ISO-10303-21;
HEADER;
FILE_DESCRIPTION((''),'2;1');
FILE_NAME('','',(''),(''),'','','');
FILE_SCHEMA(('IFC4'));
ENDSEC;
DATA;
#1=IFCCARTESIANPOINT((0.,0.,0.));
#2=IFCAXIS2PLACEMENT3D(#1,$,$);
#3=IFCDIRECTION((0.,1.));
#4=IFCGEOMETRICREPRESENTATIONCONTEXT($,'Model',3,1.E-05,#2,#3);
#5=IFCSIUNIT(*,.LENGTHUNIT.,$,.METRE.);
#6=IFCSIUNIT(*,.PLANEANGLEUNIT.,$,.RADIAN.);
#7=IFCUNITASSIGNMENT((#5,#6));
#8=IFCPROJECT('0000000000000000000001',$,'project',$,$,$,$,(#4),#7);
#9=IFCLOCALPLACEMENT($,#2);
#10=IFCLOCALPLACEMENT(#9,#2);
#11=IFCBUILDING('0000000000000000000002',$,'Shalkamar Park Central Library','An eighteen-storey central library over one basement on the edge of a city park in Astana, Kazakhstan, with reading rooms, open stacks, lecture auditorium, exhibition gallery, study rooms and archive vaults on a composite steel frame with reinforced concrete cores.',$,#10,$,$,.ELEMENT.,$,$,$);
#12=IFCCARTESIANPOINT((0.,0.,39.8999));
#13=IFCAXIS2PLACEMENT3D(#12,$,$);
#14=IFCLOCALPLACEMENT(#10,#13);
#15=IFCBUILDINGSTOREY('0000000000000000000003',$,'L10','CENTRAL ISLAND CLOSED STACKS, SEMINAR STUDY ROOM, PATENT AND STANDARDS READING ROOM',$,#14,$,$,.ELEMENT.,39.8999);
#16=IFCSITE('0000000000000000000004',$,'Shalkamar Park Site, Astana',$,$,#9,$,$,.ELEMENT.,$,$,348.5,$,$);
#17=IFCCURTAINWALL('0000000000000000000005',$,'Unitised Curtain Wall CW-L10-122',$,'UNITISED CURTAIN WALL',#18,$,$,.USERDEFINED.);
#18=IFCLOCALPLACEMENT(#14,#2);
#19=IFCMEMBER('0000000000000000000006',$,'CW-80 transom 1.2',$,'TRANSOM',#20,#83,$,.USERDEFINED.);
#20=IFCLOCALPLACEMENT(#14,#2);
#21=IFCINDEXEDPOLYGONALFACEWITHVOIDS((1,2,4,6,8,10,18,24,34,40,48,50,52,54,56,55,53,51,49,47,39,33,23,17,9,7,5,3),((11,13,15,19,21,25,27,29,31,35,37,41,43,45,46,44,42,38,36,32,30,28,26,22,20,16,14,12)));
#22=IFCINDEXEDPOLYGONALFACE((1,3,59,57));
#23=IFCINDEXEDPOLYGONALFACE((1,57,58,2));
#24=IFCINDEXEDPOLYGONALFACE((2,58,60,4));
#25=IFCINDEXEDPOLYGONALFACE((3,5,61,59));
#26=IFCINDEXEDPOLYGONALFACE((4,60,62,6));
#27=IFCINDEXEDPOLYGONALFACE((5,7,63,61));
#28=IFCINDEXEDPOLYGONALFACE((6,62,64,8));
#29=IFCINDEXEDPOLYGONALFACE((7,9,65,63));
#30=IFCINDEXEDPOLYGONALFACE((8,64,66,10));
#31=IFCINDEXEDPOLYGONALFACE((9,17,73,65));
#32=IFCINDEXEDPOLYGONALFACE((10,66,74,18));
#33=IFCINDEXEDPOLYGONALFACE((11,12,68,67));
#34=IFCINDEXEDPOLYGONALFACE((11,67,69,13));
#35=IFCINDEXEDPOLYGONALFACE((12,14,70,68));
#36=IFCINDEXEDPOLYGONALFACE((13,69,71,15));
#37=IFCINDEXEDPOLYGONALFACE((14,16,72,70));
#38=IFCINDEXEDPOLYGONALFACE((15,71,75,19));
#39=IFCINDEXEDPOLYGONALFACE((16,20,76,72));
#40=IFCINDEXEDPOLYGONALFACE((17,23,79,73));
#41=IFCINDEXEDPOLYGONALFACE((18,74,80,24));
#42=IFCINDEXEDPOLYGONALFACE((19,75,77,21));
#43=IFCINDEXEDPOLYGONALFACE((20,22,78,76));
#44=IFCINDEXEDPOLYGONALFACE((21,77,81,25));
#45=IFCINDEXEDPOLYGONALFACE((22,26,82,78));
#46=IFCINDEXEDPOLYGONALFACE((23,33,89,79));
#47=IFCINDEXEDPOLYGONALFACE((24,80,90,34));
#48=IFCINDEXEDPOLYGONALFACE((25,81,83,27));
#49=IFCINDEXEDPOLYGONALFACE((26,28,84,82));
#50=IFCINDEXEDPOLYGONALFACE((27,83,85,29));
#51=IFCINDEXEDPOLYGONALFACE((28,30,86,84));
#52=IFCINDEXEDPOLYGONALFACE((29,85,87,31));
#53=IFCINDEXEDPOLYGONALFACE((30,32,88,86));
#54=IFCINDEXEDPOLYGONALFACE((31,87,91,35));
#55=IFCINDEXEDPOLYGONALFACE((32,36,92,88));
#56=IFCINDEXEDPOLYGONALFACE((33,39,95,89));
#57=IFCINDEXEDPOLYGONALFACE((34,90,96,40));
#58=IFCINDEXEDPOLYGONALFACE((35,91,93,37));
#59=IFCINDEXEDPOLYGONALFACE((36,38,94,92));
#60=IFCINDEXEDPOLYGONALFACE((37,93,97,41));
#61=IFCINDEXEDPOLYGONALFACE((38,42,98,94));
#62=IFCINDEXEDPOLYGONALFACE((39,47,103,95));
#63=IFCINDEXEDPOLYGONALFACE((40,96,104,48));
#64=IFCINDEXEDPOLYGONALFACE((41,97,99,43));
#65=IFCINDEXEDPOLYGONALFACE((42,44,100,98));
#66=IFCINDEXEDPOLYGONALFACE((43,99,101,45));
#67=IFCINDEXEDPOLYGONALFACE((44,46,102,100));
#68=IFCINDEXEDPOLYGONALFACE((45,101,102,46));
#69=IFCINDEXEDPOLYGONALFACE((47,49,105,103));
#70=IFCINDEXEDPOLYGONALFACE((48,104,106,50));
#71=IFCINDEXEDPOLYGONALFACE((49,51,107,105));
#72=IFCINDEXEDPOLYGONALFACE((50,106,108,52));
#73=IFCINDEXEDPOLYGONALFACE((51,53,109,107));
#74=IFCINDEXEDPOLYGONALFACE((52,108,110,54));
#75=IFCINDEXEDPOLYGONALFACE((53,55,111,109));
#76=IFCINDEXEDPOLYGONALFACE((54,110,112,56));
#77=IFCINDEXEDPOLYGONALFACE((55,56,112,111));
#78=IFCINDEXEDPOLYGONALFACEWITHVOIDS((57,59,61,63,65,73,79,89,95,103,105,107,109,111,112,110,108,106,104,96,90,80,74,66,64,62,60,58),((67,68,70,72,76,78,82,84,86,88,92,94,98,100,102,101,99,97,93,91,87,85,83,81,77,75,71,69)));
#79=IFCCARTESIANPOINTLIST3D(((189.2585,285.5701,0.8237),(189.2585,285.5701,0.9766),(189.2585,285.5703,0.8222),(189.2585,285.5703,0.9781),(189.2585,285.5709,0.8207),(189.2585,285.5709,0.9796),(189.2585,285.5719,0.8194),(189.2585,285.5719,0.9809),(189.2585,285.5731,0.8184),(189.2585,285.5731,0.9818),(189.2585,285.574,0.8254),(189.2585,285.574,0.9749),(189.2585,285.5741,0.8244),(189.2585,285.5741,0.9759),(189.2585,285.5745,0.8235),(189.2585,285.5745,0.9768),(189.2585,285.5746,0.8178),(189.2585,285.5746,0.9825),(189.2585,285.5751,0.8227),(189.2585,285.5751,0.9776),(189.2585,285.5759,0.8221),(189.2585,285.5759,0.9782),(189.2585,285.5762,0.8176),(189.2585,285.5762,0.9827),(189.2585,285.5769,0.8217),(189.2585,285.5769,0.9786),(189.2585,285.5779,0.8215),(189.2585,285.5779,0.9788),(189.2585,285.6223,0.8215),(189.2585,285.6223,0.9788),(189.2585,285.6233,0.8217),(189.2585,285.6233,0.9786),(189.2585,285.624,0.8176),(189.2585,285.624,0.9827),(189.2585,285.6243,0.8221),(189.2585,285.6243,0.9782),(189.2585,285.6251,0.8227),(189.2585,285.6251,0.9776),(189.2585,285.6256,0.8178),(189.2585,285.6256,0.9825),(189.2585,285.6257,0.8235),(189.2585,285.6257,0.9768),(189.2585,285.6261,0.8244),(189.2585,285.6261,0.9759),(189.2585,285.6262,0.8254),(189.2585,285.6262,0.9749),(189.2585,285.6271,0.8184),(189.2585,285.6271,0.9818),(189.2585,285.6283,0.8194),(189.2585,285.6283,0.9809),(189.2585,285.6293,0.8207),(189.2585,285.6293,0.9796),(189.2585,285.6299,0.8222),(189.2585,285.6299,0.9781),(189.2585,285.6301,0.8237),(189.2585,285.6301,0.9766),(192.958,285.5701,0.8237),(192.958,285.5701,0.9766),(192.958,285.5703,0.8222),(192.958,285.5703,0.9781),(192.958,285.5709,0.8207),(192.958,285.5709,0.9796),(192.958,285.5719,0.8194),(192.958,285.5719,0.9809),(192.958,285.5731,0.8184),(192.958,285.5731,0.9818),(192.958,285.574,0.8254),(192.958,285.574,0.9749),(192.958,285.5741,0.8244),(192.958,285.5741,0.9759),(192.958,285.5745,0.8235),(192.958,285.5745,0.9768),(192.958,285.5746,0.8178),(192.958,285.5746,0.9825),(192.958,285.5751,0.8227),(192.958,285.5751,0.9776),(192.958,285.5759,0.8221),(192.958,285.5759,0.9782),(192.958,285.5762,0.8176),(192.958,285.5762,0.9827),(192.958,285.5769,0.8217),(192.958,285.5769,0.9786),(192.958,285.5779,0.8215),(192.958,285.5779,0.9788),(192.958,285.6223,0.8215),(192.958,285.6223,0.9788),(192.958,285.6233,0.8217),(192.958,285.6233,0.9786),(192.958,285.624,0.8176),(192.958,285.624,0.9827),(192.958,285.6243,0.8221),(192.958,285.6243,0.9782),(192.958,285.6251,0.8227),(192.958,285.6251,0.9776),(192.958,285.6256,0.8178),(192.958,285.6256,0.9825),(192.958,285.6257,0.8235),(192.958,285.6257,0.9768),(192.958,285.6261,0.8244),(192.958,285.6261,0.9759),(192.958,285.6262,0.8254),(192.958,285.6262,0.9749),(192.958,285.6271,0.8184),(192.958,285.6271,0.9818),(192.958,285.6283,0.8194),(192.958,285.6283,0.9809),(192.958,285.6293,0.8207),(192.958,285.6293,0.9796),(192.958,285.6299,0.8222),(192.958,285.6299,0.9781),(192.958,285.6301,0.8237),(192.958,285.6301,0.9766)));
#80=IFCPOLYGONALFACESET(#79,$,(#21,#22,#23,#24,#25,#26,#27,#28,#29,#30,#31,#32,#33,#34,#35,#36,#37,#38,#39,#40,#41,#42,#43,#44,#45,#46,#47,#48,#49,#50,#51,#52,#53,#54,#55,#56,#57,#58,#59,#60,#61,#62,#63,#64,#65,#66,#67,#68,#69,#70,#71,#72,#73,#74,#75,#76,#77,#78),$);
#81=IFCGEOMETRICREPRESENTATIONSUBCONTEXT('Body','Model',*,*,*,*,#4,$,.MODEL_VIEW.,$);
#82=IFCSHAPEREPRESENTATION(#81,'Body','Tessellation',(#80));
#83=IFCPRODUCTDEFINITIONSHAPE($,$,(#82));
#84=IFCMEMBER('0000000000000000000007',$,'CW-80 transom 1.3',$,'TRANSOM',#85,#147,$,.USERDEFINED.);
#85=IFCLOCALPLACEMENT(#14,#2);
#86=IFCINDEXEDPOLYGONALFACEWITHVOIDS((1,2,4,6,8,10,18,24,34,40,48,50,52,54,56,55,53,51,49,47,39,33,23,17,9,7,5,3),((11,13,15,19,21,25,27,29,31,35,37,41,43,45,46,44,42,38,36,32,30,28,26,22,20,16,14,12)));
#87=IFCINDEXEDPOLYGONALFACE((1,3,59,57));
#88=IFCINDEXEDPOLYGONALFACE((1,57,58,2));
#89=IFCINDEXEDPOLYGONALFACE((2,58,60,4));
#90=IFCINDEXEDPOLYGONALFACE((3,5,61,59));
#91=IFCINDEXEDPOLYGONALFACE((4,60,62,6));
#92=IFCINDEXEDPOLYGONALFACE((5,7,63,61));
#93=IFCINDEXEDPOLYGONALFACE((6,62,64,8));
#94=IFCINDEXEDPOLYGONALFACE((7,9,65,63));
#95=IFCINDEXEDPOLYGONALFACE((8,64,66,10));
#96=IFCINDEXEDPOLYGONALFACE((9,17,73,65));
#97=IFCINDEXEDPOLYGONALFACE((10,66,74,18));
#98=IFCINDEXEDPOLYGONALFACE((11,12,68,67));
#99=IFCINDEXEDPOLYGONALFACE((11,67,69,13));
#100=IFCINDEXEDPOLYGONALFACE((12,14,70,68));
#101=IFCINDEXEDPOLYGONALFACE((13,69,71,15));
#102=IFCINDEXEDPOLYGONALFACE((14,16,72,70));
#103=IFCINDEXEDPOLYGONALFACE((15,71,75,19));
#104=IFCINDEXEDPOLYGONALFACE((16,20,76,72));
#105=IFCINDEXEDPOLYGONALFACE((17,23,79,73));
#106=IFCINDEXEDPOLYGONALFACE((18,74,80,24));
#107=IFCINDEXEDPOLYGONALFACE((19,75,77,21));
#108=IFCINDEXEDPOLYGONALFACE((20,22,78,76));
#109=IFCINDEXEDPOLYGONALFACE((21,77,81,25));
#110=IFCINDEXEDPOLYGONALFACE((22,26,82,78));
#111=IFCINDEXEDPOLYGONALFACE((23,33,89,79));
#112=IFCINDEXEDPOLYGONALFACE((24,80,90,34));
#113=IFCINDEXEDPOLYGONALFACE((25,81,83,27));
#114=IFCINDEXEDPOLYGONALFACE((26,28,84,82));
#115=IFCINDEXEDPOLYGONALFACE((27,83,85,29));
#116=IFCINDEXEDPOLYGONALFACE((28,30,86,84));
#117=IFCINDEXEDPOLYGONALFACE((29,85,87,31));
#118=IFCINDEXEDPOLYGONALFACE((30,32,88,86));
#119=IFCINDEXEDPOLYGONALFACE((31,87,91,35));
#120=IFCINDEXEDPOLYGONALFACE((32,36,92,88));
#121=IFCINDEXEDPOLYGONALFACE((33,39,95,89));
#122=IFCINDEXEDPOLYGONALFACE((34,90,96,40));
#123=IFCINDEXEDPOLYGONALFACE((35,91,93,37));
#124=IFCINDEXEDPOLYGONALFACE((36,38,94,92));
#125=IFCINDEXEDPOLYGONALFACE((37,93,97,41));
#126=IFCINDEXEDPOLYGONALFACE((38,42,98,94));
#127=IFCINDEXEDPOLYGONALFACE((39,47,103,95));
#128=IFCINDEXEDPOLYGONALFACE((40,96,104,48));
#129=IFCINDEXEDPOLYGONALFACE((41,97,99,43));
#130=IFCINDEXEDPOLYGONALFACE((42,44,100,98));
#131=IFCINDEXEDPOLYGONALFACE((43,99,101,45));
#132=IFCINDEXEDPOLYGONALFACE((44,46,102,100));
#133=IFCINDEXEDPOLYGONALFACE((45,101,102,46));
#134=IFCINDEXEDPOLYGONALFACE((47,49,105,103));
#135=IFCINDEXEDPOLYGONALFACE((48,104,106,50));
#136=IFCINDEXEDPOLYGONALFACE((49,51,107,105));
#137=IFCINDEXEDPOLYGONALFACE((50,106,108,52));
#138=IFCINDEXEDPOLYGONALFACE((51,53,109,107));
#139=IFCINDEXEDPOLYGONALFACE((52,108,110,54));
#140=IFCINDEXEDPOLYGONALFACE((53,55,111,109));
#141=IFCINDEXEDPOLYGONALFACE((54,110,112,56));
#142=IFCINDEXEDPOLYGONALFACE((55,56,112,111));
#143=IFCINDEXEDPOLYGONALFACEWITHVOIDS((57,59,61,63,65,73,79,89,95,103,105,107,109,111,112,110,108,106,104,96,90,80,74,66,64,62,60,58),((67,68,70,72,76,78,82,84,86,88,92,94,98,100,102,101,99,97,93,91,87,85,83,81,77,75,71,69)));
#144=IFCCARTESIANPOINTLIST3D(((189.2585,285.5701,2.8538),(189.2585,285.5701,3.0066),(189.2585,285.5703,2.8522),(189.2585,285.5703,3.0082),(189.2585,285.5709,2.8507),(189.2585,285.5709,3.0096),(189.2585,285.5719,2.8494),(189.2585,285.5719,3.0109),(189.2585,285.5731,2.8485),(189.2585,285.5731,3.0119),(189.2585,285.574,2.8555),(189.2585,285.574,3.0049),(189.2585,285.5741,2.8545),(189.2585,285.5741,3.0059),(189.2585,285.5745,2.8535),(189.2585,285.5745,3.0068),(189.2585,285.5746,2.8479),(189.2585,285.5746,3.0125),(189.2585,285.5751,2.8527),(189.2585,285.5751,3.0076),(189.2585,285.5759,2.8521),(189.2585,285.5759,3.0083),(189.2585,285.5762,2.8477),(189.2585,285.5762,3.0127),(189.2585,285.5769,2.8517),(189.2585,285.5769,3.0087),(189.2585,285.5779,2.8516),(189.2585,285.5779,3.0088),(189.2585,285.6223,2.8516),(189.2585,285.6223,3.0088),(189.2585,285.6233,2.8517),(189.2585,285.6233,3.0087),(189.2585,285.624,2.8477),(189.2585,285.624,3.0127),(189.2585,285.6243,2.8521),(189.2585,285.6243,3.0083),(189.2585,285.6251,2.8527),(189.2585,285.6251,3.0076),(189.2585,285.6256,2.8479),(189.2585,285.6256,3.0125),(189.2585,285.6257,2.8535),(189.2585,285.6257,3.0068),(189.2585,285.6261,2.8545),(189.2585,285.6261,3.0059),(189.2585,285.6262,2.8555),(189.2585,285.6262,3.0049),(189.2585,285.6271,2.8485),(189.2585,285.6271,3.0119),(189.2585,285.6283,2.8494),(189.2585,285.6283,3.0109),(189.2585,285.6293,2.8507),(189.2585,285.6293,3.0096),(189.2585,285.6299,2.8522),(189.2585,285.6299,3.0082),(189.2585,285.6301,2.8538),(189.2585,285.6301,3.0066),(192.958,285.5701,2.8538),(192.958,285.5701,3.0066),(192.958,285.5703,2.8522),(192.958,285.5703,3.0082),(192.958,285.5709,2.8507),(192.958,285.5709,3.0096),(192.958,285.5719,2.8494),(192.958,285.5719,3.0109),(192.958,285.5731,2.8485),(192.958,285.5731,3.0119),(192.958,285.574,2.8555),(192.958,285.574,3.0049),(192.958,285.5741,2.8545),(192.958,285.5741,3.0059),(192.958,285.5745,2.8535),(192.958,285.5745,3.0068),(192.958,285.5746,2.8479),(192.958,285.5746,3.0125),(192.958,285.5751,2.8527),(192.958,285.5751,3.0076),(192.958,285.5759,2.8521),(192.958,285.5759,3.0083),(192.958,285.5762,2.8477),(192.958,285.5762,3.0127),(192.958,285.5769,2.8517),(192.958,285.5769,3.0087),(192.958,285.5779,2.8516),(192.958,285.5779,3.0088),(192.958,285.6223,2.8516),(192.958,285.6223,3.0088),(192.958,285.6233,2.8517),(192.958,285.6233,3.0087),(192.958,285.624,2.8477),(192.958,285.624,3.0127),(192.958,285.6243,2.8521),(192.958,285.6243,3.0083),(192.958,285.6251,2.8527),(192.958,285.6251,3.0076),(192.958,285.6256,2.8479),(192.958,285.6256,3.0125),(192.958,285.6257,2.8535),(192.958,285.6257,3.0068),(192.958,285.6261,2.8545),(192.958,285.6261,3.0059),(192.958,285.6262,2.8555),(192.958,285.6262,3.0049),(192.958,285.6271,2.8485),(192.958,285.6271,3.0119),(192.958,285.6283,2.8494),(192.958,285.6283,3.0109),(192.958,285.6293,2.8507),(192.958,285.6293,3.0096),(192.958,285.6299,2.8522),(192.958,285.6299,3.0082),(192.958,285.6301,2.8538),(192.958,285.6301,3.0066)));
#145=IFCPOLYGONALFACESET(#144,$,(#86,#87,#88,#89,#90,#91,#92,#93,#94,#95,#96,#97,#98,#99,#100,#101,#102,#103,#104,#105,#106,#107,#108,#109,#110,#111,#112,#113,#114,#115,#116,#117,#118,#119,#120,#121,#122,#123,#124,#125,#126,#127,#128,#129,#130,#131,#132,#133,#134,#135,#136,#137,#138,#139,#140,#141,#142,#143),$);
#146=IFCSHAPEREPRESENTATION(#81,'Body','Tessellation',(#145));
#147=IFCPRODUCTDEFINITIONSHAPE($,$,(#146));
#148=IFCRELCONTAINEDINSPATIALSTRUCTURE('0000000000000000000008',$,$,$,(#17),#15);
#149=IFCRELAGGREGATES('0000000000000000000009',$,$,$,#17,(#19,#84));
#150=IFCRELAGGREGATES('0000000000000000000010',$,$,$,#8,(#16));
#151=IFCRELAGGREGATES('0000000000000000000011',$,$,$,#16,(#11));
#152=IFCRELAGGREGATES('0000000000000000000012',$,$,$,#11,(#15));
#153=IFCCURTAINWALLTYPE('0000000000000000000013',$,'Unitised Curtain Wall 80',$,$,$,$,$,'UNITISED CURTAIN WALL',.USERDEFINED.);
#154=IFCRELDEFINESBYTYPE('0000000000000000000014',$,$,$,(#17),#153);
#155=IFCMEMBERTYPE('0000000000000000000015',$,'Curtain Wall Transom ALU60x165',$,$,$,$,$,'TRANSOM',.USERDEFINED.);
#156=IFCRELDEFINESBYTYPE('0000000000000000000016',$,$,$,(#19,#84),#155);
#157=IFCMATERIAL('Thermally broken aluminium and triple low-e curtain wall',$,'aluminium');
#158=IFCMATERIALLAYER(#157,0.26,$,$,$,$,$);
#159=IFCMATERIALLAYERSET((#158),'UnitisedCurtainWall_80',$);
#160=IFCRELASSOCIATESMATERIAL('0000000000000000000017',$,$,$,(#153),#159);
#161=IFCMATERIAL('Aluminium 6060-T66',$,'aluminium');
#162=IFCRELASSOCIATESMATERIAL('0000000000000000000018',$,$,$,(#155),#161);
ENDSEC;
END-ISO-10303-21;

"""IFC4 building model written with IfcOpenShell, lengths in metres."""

from ifc_helpers import new_model, si_unit, direction, frame, origin, origin_2d, place, context, subcontext, project, spatial, hollow_rectangle, extrude, material, layer, layer_set, material_profile, profile_set, type_object, element, aggregate, save


model = new_model("IFC4")

# Units and contexts
model_context = context("Model", 3, precision=1e-05, world=origin(), true_north=direction((0.0, 1.0)))
body_context = subcontext(model_context, "Body", "Model", "MODEL_VIEW")
ifc_project = project(units=[si_unit("LENGTHUNIT", "METRE"), si_unit("PLANEANGLEUNIT", "RADIAN")], contexts=[model_context])

# Site, building, storey
site_placement = place(None, origin())
site = spatial("IfcSite", under=ifc_project, at=site_placement, Name="Shalkamar Park Site, Astana", CompositionType="ELEMENT", RefElevation=348.5)
building_placement = place(site_placement, origin())
building = spatial("IfcBuilding", under=site, at=building_placement, Name="Shalkamar Park Central Library", Description="An eighteen-storey central library over one basement on the edge of a city park in Astana, Kazakhstan, with reading rooms, open stacks, lecture auditorium, exhibition gallery, study rooms and archive vaults on a composite steel frame with reinforced concrete cores.", CompositionType="ELEMENT")
storey_placement = place(building_placement, frame((0.0, 0.0, 39.8999)))
storey = spatial("IfcBuildingStorey", under=building, at=storey_placement, Name="L10", Description="CENTRAL ISLAND CLOSED STACKS, SEMINAR STUDY ROOM, PATENT AND STANDARDS READING ROOM", CompositionType="ELEMENT", Elevation=39.8999)

# Shared definitions
ifc_material_1 = material(Name="Thermally broken aluminium and triple low-e curtain wall", Category="aluminium")
ifc_material_2 = material(Name="Aluminium 6060-T66", Category="aluminium")

# Curtain wall
ifc_layer_1 = layer(ifc_material_1, 0.26)
ifc_layer_set_1 = layer_set([ifc_layer_1], Name="UnitisedCurtainWall_80")
curtain_wall_type_1 = type_object("IfcCurtainWallType", Name="Unitised Curtain Wall 80", ElementType="UNITISED CURTAIN WALL", PredefinedType="USERDEFINED", material=ifc_layer_set_1)
curtain_wall_1_placement = place(storey_placement, origin())
curtain_wall_1 = element("IfcCurtainWall", 1, at=curtain_wall_1_placement, inside=storey, type_object=curtain_wall_type_1, Name="Unitised Curtain Wall CW-L10-122", ObjectType="UNITISED CURTAIN WALL", PredefinedType="USERDEFINED")

# Members
ifc_material_profile_1 = material_profile(ifc_material_2, hollow_rectangle(XDim=0.0601, YDim=0.165, WallThickness=0.0039, InnerFilletRadius=0.0039, OuterFilletRadius=0.0061, at=origin_2d()), Name="ALU 60x165x4")
ifc_profile_set_1 = profile_set([ifc_material_profile_1], Name="Aluminium 6060-T66")
member_type_1 = type_object("IfcMemberType", Name="Curtain Wall Transom ALU60x165", ElementType="TRANSOM", PredefinedType="USERDEFINED", material=ifc_profile_set_1)
member_1_placement = place(storey_placement, frame((189.2585, 285.6001, 0.9001), z_axis=(1.0, 0.0, 0.0), x_axis=(0.0, 1.0, 0.0)))
member_1 = element("IfcMember", 2, at=member_1_placement, type_object=member_type_1, Name="CW-80 transom 1.2", ObjectType="TRANSOM", PredefinedType="USERDEFINED", context=body_context, shape_type="SweptSolid", body=[
    extrude(hollow_rectangle(XDim=0.0601, YDim=0.165, WallThickness=0.0039, InnerFilletRadius=0.0039, OuterFilletRadius=0.0061, at=origin_2d()), origin(), (0.0, 0.0, 1.0), 3.6995),
])
member_2_placement = place(storey_placement, frame((189.2585, 285.6001, 2.9302), z_axis=(1.0, 0.0, 0.0), x_axis=(0.0, 1.0, 0.0)))
member_2 = element("IfcMember", 3, at=member_2_placement, type_object=member_type_1, Name="CW-80 transom 1.3", ObjectType="TRANSOM", PredefinedType="USERDEFINED", context=body_context, shape_type="SweptSolid", body=[
    extrude(hollow_rectangle(XDim=0.0601, YDim=0.165, WallThickness=0.0039, InnerFilletRadius=0.0039, OuterFilletRadius=0.0061, at=origin_2d()), origin(), (0.0, 0.0, 1.0), 3.6995),
])

aggregate(curtain_wall_1, [member_1, member_2])

save(model, "model.ifc")
